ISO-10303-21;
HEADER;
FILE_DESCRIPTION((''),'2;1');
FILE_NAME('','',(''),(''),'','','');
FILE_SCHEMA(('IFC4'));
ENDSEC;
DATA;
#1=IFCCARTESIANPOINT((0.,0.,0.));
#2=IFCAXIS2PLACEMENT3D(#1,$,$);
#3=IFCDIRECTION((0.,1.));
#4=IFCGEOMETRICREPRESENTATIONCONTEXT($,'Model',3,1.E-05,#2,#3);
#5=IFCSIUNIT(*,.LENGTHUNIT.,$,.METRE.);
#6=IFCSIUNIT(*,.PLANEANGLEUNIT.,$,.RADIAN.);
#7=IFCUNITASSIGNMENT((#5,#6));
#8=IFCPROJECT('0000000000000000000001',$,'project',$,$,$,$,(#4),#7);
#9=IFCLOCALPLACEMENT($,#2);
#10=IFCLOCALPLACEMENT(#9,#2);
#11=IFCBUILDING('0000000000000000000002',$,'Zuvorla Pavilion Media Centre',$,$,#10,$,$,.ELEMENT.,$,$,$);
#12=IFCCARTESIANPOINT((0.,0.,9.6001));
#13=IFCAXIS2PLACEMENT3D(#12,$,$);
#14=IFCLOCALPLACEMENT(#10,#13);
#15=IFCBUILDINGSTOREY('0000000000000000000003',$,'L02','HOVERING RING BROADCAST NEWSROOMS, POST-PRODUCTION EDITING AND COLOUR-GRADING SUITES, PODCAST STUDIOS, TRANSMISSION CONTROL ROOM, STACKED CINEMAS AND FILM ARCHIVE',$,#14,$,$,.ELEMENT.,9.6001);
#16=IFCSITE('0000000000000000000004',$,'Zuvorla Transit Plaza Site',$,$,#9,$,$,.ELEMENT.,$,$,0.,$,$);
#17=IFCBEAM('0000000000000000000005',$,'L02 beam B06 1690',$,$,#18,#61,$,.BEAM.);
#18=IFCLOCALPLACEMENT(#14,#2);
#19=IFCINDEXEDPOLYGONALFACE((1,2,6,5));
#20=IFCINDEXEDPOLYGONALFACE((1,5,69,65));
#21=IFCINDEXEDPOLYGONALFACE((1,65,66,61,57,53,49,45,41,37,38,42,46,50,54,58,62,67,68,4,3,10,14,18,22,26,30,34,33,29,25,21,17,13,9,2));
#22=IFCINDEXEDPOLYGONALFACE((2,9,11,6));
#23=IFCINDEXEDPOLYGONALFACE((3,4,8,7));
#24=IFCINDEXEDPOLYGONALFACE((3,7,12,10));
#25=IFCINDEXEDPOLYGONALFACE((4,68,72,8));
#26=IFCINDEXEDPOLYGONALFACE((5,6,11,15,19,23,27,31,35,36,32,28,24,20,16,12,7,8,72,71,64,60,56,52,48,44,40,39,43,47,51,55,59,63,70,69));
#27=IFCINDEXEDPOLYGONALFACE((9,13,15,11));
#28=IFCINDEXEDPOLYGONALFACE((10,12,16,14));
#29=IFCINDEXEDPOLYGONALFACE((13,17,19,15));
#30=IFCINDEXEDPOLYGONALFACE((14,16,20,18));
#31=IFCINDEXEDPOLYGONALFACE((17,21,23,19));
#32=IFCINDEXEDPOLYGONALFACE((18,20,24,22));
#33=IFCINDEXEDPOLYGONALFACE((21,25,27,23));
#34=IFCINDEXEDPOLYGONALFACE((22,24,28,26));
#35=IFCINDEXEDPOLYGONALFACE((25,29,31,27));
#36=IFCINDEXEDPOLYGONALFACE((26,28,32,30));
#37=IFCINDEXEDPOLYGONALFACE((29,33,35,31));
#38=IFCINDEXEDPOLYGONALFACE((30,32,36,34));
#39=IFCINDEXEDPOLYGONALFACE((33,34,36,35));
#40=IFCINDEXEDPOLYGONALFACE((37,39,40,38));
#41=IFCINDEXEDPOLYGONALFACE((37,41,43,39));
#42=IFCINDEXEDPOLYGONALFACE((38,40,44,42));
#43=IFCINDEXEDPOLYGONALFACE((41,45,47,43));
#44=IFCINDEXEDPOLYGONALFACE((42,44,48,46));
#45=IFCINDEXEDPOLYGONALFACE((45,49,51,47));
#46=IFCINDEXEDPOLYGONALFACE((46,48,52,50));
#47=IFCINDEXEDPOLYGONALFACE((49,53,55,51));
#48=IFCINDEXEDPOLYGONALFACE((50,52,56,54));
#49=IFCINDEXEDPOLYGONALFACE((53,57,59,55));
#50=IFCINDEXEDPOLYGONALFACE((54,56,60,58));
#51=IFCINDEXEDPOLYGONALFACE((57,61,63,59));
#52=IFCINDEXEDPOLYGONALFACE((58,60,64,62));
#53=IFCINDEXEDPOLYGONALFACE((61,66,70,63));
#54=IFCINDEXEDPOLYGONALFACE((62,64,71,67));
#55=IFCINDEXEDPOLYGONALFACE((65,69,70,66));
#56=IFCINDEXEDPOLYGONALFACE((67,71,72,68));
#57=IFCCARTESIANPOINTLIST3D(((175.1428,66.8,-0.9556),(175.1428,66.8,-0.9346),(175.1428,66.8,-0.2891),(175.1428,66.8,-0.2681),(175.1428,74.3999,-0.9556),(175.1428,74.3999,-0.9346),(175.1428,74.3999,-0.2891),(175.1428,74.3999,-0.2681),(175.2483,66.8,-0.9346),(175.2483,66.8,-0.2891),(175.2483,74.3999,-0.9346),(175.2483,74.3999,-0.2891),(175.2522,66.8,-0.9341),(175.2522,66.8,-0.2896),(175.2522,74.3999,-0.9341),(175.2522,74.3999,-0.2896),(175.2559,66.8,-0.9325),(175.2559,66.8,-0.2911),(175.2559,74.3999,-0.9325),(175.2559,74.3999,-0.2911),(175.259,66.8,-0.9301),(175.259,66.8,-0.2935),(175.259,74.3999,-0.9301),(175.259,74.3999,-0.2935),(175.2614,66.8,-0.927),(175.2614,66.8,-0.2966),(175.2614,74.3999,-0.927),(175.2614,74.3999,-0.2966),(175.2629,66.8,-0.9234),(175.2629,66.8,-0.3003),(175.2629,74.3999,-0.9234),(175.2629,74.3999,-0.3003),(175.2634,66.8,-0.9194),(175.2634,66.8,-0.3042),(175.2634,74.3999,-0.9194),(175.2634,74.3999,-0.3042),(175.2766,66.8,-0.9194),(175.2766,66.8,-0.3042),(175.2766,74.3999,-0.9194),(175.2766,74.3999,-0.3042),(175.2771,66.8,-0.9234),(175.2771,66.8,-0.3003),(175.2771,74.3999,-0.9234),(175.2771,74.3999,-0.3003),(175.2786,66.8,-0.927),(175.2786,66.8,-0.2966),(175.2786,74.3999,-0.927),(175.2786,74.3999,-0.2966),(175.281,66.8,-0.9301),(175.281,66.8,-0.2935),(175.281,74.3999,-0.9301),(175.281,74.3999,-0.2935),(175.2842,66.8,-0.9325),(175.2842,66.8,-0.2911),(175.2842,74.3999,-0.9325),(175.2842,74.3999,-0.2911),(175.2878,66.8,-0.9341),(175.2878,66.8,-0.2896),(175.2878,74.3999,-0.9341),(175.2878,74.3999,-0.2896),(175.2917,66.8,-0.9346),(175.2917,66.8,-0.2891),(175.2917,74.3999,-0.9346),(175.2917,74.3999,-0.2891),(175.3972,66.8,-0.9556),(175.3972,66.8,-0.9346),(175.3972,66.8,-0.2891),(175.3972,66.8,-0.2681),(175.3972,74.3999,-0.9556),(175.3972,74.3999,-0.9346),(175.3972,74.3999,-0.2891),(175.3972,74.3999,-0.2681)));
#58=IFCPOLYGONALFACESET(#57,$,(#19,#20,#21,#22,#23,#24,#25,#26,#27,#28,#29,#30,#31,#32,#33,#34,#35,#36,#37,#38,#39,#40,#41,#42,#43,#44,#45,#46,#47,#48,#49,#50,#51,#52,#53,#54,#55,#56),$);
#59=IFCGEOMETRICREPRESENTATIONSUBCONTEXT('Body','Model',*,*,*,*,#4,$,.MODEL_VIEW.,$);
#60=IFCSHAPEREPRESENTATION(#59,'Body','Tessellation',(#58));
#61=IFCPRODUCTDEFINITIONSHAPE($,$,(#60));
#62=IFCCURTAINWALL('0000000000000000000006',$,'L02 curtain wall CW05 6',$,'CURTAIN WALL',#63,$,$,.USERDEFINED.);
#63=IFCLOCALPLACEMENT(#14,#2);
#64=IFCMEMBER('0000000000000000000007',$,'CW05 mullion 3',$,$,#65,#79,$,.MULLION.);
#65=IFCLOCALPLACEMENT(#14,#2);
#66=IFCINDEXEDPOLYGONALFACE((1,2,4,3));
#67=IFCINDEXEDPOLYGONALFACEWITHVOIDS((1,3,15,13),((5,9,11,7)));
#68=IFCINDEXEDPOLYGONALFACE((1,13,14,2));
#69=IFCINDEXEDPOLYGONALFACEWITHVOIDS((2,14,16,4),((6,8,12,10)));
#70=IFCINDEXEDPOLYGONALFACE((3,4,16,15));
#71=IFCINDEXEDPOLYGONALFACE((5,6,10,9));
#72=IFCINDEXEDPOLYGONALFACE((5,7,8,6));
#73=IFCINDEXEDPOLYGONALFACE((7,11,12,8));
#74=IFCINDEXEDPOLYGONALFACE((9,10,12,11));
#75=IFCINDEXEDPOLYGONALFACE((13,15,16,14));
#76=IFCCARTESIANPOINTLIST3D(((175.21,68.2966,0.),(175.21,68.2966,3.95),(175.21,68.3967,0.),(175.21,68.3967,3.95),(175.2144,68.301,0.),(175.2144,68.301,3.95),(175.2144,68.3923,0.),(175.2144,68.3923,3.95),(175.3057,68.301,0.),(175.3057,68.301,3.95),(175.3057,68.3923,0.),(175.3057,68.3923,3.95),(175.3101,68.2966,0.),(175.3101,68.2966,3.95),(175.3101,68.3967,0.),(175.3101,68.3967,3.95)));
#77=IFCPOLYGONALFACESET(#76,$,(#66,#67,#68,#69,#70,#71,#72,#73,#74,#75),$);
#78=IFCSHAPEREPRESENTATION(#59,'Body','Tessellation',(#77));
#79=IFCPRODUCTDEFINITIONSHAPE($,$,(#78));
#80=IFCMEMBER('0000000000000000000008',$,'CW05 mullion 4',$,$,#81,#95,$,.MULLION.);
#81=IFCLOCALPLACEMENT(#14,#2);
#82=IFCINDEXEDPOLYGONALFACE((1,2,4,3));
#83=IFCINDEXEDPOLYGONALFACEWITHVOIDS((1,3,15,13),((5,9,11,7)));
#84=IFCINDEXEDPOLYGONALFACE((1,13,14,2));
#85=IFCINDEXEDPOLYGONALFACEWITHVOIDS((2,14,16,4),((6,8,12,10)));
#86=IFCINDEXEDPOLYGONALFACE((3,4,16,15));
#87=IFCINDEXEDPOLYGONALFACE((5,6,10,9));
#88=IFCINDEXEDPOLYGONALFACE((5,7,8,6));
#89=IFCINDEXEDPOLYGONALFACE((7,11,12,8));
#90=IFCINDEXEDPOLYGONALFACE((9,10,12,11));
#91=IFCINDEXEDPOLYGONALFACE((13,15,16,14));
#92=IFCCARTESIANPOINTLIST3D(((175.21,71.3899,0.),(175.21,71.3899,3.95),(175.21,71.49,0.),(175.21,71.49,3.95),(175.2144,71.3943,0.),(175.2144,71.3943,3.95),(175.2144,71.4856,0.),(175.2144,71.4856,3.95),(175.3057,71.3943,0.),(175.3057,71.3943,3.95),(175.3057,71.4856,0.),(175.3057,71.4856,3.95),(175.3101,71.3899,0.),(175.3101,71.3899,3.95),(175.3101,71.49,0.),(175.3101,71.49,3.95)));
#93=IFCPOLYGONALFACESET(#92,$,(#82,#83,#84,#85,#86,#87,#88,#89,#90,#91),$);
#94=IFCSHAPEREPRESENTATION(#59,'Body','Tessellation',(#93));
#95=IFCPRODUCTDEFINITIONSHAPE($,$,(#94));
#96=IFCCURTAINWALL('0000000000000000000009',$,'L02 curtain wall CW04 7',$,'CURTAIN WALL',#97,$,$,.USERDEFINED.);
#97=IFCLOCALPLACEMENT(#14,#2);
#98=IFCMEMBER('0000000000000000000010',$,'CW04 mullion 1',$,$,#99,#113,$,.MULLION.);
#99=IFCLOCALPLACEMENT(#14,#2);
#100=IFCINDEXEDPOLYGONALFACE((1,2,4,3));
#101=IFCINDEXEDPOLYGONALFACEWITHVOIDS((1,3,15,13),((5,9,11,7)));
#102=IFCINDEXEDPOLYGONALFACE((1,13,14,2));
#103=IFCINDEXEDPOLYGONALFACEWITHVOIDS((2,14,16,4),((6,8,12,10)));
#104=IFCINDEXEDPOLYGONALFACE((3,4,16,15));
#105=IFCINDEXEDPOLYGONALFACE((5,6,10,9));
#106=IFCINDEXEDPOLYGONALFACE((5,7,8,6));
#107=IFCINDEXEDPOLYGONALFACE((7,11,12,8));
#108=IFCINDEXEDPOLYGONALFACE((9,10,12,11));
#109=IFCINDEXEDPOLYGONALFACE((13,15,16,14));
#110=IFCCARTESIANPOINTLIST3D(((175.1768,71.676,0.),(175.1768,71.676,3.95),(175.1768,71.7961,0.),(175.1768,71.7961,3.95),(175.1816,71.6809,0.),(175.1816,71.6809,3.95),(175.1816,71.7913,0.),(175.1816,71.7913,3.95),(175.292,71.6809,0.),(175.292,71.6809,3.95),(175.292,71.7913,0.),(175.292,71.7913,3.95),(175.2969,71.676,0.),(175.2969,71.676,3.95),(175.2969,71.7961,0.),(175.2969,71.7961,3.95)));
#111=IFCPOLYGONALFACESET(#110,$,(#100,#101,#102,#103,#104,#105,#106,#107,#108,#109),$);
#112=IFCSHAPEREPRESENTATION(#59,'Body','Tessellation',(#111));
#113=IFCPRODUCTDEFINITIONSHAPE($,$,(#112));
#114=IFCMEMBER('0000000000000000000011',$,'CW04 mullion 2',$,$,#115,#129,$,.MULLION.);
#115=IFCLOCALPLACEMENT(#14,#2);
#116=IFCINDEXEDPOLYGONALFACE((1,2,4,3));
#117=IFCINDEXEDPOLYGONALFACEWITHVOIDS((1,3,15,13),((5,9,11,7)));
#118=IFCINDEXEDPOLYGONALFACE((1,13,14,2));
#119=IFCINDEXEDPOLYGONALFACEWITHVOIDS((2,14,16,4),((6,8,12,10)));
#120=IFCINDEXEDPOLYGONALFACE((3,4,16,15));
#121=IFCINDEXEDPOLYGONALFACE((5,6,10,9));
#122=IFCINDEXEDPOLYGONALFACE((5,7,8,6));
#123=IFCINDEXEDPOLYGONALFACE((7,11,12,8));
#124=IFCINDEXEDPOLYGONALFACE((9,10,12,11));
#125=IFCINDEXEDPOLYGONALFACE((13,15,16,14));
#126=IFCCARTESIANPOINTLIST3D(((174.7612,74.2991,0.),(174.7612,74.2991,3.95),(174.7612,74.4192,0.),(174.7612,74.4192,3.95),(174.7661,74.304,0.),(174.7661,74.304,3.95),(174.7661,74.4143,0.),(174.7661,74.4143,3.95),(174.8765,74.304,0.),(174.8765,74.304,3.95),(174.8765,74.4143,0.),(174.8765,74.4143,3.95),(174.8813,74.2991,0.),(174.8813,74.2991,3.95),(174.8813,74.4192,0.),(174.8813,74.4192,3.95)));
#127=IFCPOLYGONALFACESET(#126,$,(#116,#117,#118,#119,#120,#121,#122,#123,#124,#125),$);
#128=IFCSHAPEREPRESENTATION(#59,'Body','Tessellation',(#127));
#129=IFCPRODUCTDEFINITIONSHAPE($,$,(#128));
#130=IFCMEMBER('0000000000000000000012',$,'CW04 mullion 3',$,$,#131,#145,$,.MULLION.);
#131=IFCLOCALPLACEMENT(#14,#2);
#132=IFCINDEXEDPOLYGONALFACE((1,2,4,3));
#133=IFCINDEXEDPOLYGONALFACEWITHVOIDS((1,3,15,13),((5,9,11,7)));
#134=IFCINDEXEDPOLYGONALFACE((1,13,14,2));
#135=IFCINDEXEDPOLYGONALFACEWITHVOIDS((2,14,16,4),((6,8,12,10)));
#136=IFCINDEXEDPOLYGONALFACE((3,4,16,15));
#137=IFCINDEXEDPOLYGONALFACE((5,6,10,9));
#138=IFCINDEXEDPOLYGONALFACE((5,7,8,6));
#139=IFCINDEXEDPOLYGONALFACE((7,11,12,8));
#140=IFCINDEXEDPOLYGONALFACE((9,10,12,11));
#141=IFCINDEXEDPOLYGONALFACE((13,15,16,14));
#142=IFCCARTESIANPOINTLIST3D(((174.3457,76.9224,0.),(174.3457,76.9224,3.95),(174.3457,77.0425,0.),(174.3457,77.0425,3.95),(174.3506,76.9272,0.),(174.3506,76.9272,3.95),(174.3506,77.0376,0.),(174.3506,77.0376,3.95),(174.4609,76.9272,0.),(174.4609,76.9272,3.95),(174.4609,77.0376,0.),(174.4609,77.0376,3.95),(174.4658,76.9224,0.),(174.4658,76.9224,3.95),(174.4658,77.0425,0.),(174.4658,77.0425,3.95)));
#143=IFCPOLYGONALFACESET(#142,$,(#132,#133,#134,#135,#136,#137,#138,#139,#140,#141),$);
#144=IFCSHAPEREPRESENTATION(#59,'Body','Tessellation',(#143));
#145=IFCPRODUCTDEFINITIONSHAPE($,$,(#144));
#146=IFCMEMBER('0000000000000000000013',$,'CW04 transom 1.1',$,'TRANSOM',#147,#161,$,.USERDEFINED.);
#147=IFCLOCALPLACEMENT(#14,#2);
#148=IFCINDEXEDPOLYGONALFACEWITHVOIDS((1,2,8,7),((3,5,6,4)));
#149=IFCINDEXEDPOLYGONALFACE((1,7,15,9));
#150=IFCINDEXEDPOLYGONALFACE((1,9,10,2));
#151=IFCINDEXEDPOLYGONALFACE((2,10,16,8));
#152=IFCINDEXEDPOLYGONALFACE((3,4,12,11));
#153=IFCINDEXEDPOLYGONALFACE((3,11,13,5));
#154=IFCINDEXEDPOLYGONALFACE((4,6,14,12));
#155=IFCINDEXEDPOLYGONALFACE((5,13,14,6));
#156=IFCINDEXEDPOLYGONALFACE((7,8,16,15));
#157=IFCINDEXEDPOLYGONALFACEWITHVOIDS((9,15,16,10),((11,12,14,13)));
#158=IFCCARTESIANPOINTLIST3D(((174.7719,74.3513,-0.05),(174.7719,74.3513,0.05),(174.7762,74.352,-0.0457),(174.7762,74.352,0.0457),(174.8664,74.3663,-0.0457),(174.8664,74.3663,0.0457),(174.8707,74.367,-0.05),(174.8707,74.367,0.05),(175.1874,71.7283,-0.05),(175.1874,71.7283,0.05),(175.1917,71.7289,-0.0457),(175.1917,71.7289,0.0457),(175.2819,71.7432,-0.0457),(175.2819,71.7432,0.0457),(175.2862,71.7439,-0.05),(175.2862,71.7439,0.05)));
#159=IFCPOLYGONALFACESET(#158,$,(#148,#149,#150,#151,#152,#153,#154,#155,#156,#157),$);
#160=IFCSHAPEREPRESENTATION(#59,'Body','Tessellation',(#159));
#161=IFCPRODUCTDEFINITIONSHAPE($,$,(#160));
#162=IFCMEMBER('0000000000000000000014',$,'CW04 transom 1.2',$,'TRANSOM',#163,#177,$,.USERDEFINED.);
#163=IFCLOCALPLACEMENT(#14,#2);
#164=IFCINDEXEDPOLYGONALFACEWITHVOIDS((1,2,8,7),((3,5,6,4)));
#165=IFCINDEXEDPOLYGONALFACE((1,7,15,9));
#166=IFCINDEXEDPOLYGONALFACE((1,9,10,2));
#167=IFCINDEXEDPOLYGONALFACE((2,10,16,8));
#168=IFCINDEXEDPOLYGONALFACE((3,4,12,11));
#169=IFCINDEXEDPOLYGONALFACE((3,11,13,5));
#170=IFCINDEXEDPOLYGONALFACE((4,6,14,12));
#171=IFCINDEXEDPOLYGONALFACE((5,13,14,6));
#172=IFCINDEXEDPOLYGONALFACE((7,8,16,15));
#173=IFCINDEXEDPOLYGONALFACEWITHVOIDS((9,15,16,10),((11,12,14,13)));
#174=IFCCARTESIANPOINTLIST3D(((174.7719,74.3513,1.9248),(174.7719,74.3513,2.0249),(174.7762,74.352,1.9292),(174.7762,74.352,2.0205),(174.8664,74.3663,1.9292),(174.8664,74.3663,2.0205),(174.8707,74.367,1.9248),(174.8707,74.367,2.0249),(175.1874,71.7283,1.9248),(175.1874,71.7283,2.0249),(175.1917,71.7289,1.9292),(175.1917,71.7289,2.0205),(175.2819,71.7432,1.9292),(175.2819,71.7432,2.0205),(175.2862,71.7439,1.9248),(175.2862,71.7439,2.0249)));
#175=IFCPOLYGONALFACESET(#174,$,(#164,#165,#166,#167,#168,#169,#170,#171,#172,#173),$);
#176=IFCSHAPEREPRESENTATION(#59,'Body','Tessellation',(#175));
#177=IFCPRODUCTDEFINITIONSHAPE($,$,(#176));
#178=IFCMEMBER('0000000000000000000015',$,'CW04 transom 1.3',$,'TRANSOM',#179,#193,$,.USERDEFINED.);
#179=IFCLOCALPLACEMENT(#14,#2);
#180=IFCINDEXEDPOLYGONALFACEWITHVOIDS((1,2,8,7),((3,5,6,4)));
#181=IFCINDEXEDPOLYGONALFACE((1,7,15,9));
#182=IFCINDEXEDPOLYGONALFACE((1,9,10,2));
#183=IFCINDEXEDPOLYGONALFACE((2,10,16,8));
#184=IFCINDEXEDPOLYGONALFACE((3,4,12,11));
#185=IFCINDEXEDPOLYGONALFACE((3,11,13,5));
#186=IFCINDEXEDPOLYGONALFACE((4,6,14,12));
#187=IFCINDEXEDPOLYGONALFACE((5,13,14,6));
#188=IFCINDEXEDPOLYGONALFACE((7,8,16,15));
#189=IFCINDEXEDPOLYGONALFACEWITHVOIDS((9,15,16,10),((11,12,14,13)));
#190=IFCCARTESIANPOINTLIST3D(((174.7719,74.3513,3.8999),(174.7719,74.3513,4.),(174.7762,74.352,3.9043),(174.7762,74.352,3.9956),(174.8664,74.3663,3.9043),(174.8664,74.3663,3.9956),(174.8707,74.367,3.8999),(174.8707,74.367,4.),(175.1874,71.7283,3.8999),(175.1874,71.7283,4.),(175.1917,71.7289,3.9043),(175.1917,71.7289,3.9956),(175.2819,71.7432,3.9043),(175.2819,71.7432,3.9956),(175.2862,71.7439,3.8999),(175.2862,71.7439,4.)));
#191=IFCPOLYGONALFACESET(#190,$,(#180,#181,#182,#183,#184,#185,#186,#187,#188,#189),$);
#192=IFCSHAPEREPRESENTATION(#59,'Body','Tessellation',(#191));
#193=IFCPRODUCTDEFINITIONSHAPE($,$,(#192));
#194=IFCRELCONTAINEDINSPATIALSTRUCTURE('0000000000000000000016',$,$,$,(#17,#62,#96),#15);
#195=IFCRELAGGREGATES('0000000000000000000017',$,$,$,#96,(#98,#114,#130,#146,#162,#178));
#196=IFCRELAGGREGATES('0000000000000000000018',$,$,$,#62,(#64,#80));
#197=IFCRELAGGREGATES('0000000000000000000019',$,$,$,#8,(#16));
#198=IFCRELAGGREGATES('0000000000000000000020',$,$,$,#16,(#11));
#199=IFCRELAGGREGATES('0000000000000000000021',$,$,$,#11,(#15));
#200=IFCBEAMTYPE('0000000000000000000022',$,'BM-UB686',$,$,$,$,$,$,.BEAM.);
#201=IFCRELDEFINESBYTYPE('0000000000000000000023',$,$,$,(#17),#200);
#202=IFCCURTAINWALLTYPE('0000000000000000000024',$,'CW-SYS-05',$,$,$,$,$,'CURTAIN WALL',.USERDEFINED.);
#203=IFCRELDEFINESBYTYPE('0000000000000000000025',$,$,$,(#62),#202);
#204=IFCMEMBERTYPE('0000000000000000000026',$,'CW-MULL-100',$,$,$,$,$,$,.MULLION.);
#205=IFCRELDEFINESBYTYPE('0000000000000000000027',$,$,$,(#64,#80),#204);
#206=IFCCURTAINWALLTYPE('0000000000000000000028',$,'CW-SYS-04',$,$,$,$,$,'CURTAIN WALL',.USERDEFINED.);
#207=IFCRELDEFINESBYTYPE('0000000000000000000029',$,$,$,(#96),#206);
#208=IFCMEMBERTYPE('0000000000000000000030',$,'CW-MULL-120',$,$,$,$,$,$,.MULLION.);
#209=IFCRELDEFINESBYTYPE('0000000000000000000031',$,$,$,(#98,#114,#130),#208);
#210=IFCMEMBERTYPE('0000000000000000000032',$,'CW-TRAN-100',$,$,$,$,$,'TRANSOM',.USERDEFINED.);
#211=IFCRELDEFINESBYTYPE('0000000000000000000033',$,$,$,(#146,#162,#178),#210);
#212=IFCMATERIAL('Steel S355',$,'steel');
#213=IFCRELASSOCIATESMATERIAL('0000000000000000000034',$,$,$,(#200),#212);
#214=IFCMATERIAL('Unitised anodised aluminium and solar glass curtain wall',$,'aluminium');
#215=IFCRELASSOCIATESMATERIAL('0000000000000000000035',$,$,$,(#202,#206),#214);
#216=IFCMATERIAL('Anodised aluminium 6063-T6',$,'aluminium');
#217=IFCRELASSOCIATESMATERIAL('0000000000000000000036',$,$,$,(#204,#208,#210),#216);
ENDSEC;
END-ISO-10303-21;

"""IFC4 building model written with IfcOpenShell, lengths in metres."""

from ifc_helpers import new_model, si_unit, direction, frame, origin, origin_2d, place, context, subcontext, project, spatial, hollow_rectangle, i_section, extrude, material, material_profile, profile_set, type_object, element, aggregate, save


model = new_model("IFC4")

# Units and contexts
model_context = context("Model", 3, precision=1e-05, world=origin(), true_north=direction((0.0, 1.0)))
body_context = subcontext(model_context, "Body", "Model", "MODEL_VIEW")
ifc_project = project(units=[si_unit("LENGTHUNIT", "METRE"), si_unit("PLANEANGLEUNIT", "RADIAN")], contexts=[model_context])

# Site, building, storey
site_placement = place(None, origin())
site = spatial("IfcSite", under=ifc_project, at=site_placement, Name="Zuvorla Transit Plaza Site", CompositionType="ELEMENT", RefElevation=0.0)
building_placement = place(site_placement, origin())
building = spatial("IfcBuilding", under=site, at=building_placement, Name="Zuvorla Pavilion Media Centre", CompositionType="ELEMENT")
storey_placement = place(building_placement, frame((0.0, 0.0, 9.6001)))
storey = spatial("IfcBuildingStorey", under=building, at=storey_placement, Name="L02", Description="HOVERING RING BROADCAST NEWSROOMS, POST-PRODUCTION EDITING AND COLOUR-GRADING SUITES, PODCAST STUDIOS, TRANSMISSION CONTROL ROOM, STACKED CINEMAS AND FILM ARCHIVE", CompositionType="ELEMENT", Elevation=9.6001)

# Beam
ifc_material_1 = material(Name="Steel S355", Category="steel")
ifc_material_profile_1 = material_profile(ifc_material_1, i_section(OverallWidth=0.2544, OverallDepth=0.6875, WebThickness=0.0132, FlangeThickness=0.021, FilletRadius=0.0151, at=origin_2d()), Name="UB 686x254x152")
ifc_profile_set_1 = profile_set([ifc_material_profile_1], Name="Steel S355")
beam_type = type_object("IfcBeamType", Name="BM-UB686", PredefinedType="BEAM", material=ifc_profile_set_1)
beam_placement = place(storey_placement, frame((175.27, 66.8, -0.6118), z_axis=(0.0, 1.0, 0.0), x_axis=(-1.0, 0.0, 0.0)))
element("IfcBeam", 1, at=beam_placement, inside=storey, type_object=beam_type, Name="L02 beam B06 1690", PredefinedType="BEAM", context=body_context, shape_type="SweptSolid", body=[
    extrude(i_section(OverallWidth=0.2544, OverallDepth=0.6875, WebThickness=0.0132, FlangeThickness=0.021, FilletRadius=0.0151, at=origin_2d()), origin(), (0.0, 0.0, 1.0), 7.5999),
])

# Curtain walls, members
ifc_material_2 = material(Name="Unitised anodised aluminium and solar glass curtain wall", Category="aluminium")
curtain_wall_type_1 = type_object("IfcCurtainWallType", Name="CW-SYS-05", ElementType="CURTAIN WALL", PredefinedType="USERDEFINED", material=ifc_material_2)
curtain_wall_1_placement = place(storey_placement, origin())
curtain_wall_1 = element("IfcCurtainWall", 2, at=curtain_wall_1_placement, inside=storey, type_object=curtain_wall_type_1, Name="L02 curtain wall CW05 6", ObjectType="CURTAIN WALL", PredefinedType="USERDEFINED")
ifc_material_3 = material(Name="Anodised aluminium 6063-T6", Category="aluminium")
ifc_material_profile_2 = material_profile(ifc_material_3, hollow_rectangle(XDim=0.1001, YDim=0.1001, WallThickness=0.0044, at=origin_2d()), Name="ALU MULL 100x100")
ifc_profile_set_2 = profile_set([ifc_material_profile_2], Name="Anodised aluminium 6063-T6")
member_type_1 = type_object("IfcMemberType", Name="CW-MULL-100", PredefinedType="MULLION", material=ifc_profile_set_2)
member_1_placement = place(storey_placement, frame((175.26, 68.3467, 0.0), z_axis=(0.0, 0.0, 1.0), x_axis=(1.0, 0.0, 0.0)))
member_1 = element("IfcMember", 3, at=member_1_placement, type_object=member_type_1, Name="CW05 mullion 3", PredefinedType="MULLION", context=body_context, shape_type="SweptSolid", body=[
    extrude(hollow_rectangle(XDim=0.1001, YDim=0.1001, WallThickness=0.0044, at=origin_2d()), origin(), (0.0, 0.0, 1.0), 3.95),
])
member_2_placement = place(storey_placement, frame((175.26, 71.4399, 0.0), z_axis=(0.0, 0.0, 1.0), x_axis=(1.0, 0.0, 0.0)))
member_2 = element("IfcMember", 4, at=member_2_placement, type_object=member_type_1, Name="CW05 mullion 4", PredefinedType="MULLION", context=body_context, shape_type="SweptSolid", body=[
    extrude(hollow_rectangle(XDim=0.1001, YDim=0.1001, WallThickness=0.0044, at=origin_2d()), origin(), (0.0, 0.0, 1.0), 3.95),
])
curtain_wall_type_2 = type_object("IfcCurtainWallType", Name="CW-SYS-04", ElementType="CURTAIN WALL", PredefinedType="USERDEFINED", material=ifc_material_2)
curtain_wall_2_placement = place(storey_placement, origin())
curtain_wall_2 = element("IfcCurtainWall", 5, at=curtain_wall_2_placement, inside=storey, type_object=curtain_wall_type_2, Name="L02 curtain wall CW04 7", ObjectType="CURTAIN WALL", PredefinedType="USERDEFINED")
ifc_material_profile_3 = material_profile(ifc_material_3, hollow_rectangle(XDim=0.1201, YDim=0.1201, WallThickness=0.0049, at=origin_2d()), Name="ALU MULL 120x120")
ifc_profile_set_3 = profile_set([ifc_material_profile_3], Name="Anodised aluminium 6063-T6")
member_type_2 = type_object("IfcMemberType", Name="CW-MULL-120", PredefinedType="MULLION", material=ifc_profile_set_3)
member_3_placement = place(storey_placement, frame((175.2368, 71.7361, 0.0), z_axis=(0.0, 0.0, 1.0), x_axis=(1.0, 0.0, 0.0)))
member_3 = element("IfcMember", 6, at=member_3_placement, type_object=member_type_2, Name="CW04 mullion 1", PredefinedType="MULLION", context=body_context, shape_type="SweptSolid", body=[
    extrude(hollow_rectangle(XDim=0.1201, YDim=0.1201, WallThickness=0.0049, at=origin_2d()), origin(), (0.0, 0.0, 1.0), 3.95),
])
member_4_placement = place(storey_placement, frame((174.8213, 74.3591, 0.0), z_axis=(0.0, 0.0, 1.0), x_axis=(1.0, 0.0, 0.0)))
member_4 = element("IfcMember", 7, at=member_4_placement, type_object=member_type_2, Name="CW04 mullion 2", PredefinedType="MULLION", context=body_context, shape_type="SweptSolid", body=[
    extrude(hollow_rectangle(XDim=0.1201, YDim=0.1201, WallThickness=0.0049, at=origin_2d()), origin(), (0.0, 0.0, 1.0), 3.95),
])
member_5_placement = place(storey_placement, frame((174.4058, 76.9824, 0.0), z_axis=(0.0, 0.0, 1.0), x_axis=(1.0, 0.0, 0.0)))
member_5 = element("IfcMember", 8, at=member_5_placement, type_object=member_type_2, Name="CW04 mullion 3", PredefinedType="MULLION", context=body_context, shape_type="SweptSolid", body=[
    extrude(hollow_rectangle(XDim=0.1201, YDim=0.1201, WallThickness=0.0049, at=origin_2d()), origin(), (0.0, 0.0, 1.0), 3.95),
])
ifc_material_profile_4 = material_profile(ifc_material_3, hollow_rectangle(XDim=0.1001, YDim=0.1001, WallThickness=0.0044, at=origin_2d()), Name="ALU TRAN 100x100")
ifc_profile_set_4 = profile_set([ifc_material_profile_4], Name="Anodised aluminium 6063-T6")
member_type_3 = type_object("IfcMemberType", Name="CW-TRAN-100", ElementType="TRANSOM", PredefinedType="USERDEFINED", material=ifc_profile_set_4)
member_6_placement = place(storey_placement, frame((175.2368, 71.7361, 0.0), z_axis=(-0.156463, 0.987684, 0.0), x_axis=(-0.987684, -0.156463, 0.0)))
member_6 = element("IfcMember", 9, at=member_6_placement, type_object=member_type_3, Name="CW04 transom 1.1", ObjectType="TRANSOM", PredefinedType="USERDEFINED", context=body_context, shape_type="SweptSolid", body=[
    extrude(hollow_rectangle(XDim=0.1001, YDim=0.1001, WallThickness=0.0044, at=origin_2d()), origin(), (0.0, 0.0, 1.0), 2.6558),
])
member_7_placement = place(storey_placement, frame((175.2368, 71.7361, 1.9749), z_axis=(-0.156463, 0.987684, 0.0), x_axis=(-0.987684, -0.156463, 0.0)))
member_7 = element("IfcMember", 10, at=member_7_placement, type_object=member_type_3, Name="CW04 transom 1.2", ObjectType="TRANSOM", PredefinedType="USERDEFINED", context=body_context, shape_type="SweptSolid", body=[
    extrude(hollow_rectangle(XDim=0.1001, YDim=0.1001, WallThickness=0.0044, at=origin_2d()), origin(), (0.0, 0.0, 1.0), 2.6558),
])
member_8_placement = place(storey_placement, frame((175.2368, 71.7361, 3.95), z_axis=(-0.156463, 0.987684, 0.0), x_axis=(-0.987684, -0.156463, 0.0)))
member_8 = element("IfcMember", 11, at=member_8_placement, type_object=member_type_3, Name="CW04 transom 1.3", ObjectType="TRANSOM", PredefinedType="USERDEFINED", context=body_context, shape_type="SweptSolid", body=[
    extrude(hollow_rectangle(XDim=0.1001, YDim=0.1001, WallThickness=0.0044, at=origin_2d()), origin(), (0.0, 0.0, 1.0), 2.6558),
])

aggregate(curtain_wall_2, [member_3, member_4, member_5, member_6, member_7, member_8])
aggregate(curtain_wall_1, [member_1, member_2])

save(model, "model.ifc")
